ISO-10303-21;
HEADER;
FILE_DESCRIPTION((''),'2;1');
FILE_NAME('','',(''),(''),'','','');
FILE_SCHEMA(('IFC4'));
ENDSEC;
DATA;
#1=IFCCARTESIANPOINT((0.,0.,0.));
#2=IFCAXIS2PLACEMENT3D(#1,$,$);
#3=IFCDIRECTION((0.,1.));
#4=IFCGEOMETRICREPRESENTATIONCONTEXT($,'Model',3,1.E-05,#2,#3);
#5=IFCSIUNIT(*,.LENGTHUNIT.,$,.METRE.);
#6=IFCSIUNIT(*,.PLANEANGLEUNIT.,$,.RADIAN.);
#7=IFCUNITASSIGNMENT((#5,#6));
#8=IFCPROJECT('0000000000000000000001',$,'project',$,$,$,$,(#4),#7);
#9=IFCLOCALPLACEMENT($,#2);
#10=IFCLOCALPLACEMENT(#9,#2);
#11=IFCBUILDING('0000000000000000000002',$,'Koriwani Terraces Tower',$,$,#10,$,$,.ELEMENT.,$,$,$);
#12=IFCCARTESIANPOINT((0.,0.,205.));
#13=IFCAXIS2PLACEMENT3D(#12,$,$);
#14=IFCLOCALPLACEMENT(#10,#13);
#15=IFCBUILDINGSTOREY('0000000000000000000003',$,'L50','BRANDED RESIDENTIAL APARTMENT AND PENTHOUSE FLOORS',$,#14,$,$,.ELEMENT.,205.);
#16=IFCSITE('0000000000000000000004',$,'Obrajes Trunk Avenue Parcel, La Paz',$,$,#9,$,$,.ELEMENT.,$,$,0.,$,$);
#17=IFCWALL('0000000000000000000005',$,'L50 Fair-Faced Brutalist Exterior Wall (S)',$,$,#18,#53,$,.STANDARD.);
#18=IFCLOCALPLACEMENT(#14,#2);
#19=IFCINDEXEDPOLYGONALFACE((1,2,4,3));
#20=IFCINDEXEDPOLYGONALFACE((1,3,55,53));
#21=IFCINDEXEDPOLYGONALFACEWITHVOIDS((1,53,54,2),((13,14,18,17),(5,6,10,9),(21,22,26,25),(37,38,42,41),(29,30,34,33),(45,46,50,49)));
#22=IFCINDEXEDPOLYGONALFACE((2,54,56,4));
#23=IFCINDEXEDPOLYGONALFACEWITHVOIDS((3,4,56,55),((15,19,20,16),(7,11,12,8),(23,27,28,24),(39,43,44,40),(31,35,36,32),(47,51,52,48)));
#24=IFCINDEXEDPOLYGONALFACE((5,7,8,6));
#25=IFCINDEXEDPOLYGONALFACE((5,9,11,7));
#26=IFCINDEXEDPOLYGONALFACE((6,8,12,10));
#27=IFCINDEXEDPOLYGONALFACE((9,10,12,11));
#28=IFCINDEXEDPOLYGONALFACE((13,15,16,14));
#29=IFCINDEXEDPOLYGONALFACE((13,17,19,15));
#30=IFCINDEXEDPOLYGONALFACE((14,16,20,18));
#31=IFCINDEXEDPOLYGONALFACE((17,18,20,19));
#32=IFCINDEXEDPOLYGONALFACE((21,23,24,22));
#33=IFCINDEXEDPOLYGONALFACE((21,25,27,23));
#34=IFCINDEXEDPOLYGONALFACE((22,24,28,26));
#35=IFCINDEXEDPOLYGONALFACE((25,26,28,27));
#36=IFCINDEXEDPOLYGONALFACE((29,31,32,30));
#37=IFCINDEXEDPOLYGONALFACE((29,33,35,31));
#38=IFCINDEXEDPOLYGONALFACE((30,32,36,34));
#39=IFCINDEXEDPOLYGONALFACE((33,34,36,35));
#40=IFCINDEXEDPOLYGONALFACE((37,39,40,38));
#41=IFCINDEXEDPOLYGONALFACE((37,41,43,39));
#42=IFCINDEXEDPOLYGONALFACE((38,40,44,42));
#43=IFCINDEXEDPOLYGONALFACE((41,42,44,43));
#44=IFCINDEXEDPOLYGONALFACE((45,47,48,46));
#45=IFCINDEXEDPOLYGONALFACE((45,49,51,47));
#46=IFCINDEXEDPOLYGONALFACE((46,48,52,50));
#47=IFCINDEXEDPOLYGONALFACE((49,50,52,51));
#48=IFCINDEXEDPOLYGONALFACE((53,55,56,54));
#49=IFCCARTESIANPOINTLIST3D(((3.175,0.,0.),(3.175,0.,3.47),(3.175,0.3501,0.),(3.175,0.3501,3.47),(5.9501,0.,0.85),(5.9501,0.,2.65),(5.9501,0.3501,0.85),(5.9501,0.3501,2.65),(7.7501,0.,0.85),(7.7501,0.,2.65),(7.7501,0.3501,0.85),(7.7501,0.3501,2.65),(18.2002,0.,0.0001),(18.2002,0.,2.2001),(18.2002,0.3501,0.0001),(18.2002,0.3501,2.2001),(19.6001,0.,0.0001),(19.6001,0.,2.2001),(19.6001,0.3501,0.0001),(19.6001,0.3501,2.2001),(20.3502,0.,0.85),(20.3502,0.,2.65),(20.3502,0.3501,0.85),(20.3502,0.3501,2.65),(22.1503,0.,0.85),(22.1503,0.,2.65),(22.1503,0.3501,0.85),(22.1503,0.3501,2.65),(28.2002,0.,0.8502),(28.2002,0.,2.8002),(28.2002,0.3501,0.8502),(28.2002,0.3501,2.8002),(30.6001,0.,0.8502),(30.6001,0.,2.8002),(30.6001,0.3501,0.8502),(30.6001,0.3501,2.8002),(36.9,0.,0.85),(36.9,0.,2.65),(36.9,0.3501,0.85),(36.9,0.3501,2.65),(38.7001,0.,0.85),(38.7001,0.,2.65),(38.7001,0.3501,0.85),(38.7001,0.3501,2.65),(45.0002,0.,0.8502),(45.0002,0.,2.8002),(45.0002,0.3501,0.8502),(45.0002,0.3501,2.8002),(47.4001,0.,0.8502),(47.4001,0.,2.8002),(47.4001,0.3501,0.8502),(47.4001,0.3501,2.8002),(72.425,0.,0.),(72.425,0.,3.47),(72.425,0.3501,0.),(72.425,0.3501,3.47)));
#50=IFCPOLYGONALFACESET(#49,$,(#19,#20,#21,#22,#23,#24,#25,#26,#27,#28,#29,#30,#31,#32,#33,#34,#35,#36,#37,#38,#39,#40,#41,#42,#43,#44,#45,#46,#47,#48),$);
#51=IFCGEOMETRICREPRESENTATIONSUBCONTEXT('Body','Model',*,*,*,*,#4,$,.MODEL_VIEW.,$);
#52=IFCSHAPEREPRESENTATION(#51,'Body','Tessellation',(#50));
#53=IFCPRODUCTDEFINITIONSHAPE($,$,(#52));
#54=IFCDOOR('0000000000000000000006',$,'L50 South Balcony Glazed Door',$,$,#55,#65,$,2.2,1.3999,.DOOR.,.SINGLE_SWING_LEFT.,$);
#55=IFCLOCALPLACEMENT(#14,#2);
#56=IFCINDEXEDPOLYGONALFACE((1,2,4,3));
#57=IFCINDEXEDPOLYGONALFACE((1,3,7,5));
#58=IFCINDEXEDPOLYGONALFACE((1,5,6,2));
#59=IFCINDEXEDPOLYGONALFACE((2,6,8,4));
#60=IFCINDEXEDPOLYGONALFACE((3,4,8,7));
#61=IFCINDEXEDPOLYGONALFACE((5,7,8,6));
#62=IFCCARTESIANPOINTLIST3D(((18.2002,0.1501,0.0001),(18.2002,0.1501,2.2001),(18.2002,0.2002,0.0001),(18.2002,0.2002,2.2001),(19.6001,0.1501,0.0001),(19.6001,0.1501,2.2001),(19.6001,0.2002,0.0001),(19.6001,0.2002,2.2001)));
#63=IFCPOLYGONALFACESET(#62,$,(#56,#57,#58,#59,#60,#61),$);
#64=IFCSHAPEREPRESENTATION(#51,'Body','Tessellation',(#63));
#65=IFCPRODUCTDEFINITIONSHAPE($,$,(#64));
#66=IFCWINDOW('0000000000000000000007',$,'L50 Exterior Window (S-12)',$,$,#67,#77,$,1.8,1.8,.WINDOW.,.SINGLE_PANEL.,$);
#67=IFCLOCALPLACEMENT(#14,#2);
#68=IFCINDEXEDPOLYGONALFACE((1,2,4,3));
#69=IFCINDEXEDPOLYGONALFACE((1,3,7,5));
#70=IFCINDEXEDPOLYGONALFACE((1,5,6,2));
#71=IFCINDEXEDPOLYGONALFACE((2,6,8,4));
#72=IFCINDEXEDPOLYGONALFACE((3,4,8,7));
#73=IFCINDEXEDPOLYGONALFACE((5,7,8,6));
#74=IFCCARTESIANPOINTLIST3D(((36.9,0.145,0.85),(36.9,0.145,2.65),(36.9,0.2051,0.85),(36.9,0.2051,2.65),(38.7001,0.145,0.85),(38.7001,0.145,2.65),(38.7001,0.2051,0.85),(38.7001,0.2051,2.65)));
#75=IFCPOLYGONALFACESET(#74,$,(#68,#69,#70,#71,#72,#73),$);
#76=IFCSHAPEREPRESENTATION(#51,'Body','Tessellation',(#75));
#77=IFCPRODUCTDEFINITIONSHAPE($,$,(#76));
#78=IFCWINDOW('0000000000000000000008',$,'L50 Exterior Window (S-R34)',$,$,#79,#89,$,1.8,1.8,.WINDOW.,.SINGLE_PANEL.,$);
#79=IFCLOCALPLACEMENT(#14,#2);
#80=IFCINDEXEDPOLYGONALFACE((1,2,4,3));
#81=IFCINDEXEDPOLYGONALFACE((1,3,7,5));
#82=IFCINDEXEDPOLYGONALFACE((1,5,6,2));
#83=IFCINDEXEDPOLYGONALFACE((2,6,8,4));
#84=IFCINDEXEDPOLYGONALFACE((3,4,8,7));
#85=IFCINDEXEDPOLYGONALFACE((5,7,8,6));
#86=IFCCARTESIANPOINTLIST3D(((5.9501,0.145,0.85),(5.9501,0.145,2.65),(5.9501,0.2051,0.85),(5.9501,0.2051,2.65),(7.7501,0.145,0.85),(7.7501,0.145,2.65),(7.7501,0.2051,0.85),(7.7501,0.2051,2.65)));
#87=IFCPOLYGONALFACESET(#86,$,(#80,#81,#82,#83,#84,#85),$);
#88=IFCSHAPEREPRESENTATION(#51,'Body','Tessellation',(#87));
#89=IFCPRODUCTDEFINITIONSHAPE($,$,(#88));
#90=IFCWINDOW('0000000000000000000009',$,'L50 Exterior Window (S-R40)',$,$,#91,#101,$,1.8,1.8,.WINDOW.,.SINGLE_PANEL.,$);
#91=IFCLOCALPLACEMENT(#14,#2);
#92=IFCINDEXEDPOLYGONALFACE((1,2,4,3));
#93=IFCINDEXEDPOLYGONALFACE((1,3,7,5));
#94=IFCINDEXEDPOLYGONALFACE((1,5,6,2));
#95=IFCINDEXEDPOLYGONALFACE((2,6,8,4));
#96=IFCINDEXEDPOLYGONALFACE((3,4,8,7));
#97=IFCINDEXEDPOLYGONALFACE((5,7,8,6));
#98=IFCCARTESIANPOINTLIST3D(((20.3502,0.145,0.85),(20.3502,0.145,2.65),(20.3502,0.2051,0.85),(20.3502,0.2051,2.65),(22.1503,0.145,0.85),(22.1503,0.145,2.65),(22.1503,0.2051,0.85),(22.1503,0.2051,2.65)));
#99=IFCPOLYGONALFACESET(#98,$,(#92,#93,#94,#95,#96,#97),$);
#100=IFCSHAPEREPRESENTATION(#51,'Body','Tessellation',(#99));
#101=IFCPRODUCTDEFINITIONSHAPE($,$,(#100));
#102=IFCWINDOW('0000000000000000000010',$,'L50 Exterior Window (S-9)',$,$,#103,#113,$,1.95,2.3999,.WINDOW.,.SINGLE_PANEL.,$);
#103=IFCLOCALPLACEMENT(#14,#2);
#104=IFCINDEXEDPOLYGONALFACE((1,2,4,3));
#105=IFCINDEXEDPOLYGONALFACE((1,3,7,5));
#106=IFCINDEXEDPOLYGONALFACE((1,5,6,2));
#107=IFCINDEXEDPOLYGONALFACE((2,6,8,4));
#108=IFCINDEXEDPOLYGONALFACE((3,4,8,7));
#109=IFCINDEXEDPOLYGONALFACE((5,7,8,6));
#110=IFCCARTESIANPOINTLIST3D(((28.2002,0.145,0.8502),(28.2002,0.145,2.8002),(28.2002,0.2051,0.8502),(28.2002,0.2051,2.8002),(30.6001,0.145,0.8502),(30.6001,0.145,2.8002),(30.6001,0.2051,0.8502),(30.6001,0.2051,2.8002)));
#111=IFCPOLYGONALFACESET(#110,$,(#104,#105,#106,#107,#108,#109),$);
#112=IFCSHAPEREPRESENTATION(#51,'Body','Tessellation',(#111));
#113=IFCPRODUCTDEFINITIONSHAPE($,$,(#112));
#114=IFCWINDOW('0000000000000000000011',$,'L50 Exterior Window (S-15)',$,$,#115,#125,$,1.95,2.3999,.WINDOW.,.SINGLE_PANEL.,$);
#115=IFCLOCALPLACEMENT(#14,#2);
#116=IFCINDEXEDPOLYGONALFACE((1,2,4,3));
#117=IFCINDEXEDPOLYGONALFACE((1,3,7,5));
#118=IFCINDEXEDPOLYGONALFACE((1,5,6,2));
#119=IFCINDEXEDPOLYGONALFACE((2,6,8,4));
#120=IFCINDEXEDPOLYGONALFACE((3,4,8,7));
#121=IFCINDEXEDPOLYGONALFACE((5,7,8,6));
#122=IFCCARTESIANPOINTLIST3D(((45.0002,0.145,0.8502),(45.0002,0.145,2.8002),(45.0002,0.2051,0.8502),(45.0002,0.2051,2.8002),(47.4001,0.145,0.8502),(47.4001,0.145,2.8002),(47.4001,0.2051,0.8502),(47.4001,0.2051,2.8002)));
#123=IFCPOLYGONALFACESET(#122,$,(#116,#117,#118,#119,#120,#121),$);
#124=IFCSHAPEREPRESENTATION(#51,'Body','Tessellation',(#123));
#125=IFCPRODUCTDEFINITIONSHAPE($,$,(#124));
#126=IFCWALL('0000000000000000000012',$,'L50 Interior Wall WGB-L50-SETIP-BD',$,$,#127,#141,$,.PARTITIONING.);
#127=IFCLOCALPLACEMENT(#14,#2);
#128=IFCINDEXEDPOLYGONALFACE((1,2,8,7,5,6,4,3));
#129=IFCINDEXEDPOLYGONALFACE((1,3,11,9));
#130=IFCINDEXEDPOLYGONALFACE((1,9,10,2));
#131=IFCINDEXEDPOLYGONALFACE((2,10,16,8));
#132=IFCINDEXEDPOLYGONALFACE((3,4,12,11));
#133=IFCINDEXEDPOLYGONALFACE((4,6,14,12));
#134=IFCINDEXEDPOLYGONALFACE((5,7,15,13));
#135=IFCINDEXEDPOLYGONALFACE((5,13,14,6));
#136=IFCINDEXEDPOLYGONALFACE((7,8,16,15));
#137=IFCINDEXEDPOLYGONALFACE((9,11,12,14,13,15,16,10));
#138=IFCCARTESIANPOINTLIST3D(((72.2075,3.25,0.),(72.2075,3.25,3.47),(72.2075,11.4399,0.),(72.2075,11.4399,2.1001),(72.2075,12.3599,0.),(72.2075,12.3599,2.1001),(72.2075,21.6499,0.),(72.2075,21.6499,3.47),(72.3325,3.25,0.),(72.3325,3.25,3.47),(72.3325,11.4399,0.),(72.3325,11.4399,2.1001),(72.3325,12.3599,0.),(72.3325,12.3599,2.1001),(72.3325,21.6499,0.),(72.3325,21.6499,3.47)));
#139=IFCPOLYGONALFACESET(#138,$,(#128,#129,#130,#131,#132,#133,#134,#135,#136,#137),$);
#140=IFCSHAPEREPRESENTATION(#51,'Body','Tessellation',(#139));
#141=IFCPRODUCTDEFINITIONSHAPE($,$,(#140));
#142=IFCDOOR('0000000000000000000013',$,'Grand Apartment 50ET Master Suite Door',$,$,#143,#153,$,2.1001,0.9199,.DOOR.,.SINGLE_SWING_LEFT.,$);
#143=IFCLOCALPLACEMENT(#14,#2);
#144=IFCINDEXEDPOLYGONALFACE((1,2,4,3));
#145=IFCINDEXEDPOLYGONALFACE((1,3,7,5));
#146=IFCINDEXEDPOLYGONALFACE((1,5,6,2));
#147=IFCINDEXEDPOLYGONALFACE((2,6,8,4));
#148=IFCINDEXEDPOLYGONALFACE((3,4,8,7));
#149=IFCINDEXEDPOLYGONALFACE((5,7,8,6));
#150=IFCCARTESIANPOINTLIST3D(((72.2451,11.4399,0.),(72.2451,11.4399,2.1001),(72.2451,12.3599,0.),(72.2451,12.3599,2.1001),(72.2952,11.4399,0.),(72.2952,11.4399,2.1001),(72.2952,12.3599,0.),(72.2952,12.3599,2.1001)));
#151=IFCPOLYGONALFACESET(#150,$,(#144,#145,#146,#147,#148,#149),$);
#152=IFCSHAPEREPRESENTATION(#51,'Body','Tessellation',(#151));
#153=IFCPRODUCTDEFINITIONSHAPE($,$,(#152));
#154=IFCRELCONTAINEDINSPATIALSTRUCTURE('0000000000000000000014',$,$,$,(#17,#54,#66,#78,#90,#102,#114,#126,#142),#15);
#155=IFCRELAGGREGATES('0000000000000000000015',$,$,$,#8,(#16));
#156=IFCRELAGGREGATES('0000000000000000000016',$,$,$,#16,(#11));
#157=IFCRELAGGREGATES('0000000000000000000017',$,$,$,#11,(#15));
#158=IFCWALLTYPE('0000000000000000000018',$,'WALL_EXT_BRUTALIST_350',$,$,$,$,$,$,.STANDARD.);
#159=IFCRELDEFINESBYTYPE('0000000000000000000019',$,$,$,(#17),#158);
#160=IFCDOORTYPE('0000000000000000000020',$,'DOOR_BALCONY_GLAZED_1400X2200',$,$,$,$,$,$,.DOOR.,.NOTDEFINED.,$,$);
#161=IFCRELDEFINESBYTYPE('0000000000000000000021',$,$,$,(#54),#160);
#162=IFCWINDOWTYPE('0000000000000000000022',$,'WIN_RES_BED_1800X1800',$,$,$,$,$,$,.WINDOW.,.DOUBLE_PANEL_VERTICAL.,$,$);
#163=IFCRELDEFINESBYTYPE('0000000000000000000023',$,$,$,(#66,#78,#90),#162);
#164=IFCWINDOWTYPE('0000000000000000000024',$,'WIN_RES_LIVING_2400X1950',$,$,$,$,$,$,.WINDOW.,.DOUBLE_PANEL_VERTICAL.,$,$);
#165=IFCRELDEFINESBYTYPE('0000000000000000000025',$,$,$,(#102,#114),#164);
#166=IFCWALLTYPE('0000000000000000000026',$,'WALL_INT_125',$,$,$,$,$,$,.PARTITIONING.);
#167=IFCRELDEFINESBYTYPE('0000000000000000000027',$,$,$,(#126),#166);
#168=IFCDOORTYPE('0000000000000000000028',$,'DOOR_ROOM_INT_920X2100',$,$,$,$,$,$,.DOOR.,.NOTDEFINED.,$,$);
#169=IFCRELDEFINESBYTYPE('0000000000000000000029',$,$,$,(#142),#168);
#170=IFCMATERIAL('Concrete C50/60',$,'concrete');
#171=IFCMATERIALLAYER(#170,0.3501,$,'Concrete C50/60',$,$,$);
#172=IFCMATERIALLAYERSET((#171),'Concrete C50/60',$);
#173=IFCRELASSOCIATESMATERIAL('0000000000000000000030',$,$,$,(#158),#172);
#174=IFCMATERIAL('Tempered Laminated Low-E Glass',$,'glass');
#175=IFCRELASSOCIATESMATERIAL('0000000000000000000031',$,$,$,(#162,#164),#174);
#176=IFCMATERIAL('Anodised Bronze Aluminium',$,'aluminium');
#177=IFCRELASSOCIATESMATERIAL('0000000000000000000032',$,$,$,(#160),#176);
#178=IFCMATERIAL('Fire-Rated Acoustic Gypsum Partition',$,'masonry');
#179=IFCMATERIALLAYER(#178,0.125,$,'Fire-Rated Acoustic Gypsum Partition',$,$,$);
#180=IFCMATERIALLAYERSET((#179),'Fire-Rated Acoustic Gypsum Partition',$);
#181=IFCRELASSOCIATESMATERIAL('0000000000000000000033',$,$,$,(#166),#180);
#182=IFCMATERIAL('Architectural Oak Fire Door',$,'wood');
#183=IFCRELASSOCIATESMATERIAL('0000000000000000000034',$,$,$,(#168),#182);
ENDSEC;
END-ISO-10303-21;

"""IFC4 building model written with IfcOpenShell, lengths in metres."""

from ifc_helpers import new_model, si_unit, direction, frame, frame_2d, origin, place, context, subcontext, project, spatial, rectangle, extrude, material, layer, layer_set, type_object, element, fill, save


model = new_model("IFC4")

# Units and contexts
model_context = context("Model", 3, precision=1e-05, world=origin(), true_north=direction((0.0, 1.0)))
body_context = subcontext(model_context, "Body", "Model", "MODEL_VIEW")
ifc_project = project(units=[si_unit("LENGTHUNIT", "METRE"), si_unit("PLANEANGLEUNIT", "RADIAN")], contexts=[model_context])

# Site, building, storey
site_placement = place(None, origin())
site = spatial("IfcSite", under=ifc_project, at=site_placement, Name="Obrajes Trunk Avenue Parcel, La Paz", CompositionType="ELEMENT", RefElevation=0.0)
building_placement = place(site_placement, origin())
building = spatial("IfcBuilding", under=site, at=building_placement, Name="Koriwani Terraces Tower", CompositionType="ELEMENT")
storey_placement = place(building_placement, frame((0.0, 0.0, 205.0)))
storey = spatial("IfcBuildingStorey", under=building, at=storey_placement, Name="L50", Description="BRANDED RESIDENTIAL APARTMENT AND PENTHOUSE FLOORS", CompositionType="ELEMENT", Elevation=205.0)

# Shared definitions
ifc_material_1 = material(Name="Concrete C50/60", Category="concrete")

# Shared definitions
ifc_layer_1 = layer(ifc_material_1, 0.3501, Name="Concrete C50/60")
ifc_layer_set_1 = layer_set([ifc_layer_1], Name="Concrete C50/60")
wall_type_1 = type_object("IfcWallType", Name="WALL_EXT_BRUTALIST_350", PredefinedType="STANDARD", material=ifc_layer_set_1)
ifc_material_2 = material(Name="Tempered Laminated Low-E Glass", Category="glass")
window_type_1 = type_object("IfcWindowType", Name="WIN_RES_BED_1800X1800", PartitioningType="DOUBLE_PANEL_VERTICAL", PredefinedType="WINDOW", material=ifc_material_2)

# Wall, openings, door, windows
wall_1_placement = place(storey_placement, frame((72.425, 0.175, 0.0), z_axis=(0.0, 0.0, 1.0), x_axis=(-1.0, 0.0, 0.0)))
wall_1 = element("IfcWall", 1, at=wall_1_placement, inside=storey, type_object=wall_type_1, Name="L50 Fair-Faced Brutalist Exterior Wall (S)", PredefinedType="STANDARD", context=body_context, shape_type="SweptSolid", body=[
    extrude(rectangle(XDim=69.25, YDim=0.3501, at=frame_2d((34.625, 0.0))), origin(), (0.0, 0.0, 1.0), 3.47),
])
opening_1_placement = place(wall_1_placement, frame((52.825, 0.0, 0.0)))
opening_1 = element("IfcOpeningElement", 2, at=opening_1_placement, cuts=wall_1, PredefinedType="OPENING", context=body_context, shape_type="SweptSolid", body=[
    extrude(rectangle(XDim=1.3999, YDim=2.2, at=frame_2d((0.7, 1.1001))), frame((0.0, 0.1851, 0.0), z_axis=(0.0, -1.0, 0.0), x_axis=(1.0, 0.0, 0.0)), (0.0, 0.0, 1.0), 0.3701),
])
opening_2_placement = place(wall_1_placement, frame((41.825, 0.0, 0.8501)))
opening_2 = element("IfcOpeningElement", 3, at=opening_2_placement, cuts=wall_1, PredefinedType="OPENING", context=body_context, shape_type="SweptSolid", body=[
    extrude(rectangle(XDim=2.3999, YDim=1.95, at=frame_2d((1.2, 0.9751))), frame((0.0, 0.1851, 0.0), z_axis=(0.0, -1.0, 0.0), x_axis=(1.0, 0.0, 0.0)), (0.0, 0.0, 1.0), 0.3701),
])
opening_3_placement = place(wall_1_placement, frame((33.7251, 0.0, 0.8501)))
opening_3 = element("IfcOpeningElement", 4, at=opening_3_placement, cuts=wall_1, PredefinedType="OPENING", context=body_context, shape_type="SweptSolid", body=[
    extrude(rectangle(XDim=1.8, YDim=1.8, at=frame_2d((0.8999, 0.8999))), frame((0.0, 0.1851, 0.0), z_axis=(0.0, -1.0, 0.0), x_axis=(1.0, 0.0, 0.0)), (0.0, 0.0, 1.0), 0.3701),
])
opening_4_placement = place(wall_1_placement, frame((25.0249, 0.0, 0.8501)))
opening_4 = element("IfcOpeningElement", 5, at=opening_4_placement, cuts=wall_1, PredefinedType="OPENING", context=body_context, shape_type="SweptSolid", body=[
    extrude(rectangle(XDim=2.3999, YDim=1.95, at=frame_2d((1.2, 0.9751))), frame((0.0, 0.1851, 0.0), z_axis=(0.0, -1.0, 0.0), x_axis=(1.0, 0.0, 0.0)), (0.0, 0.0, 1.0), 0.3701),
])
opening_5_placement = place(wall_1_placement, frame((64.675, 0.0, 0.8501)))
opening_5 = element("IfcOpeningElement", 6, at=opening_5_placement, cuts=wall_1, PredefinedType="OPENING", context=body_context, shape_type="SweptSolid", body=[
    extrude(rectangle(XDim=1.8, YDim=1.8, at=frame_2d((0.8999, 0.8999))), frame((0.0, 0.1851, 0.0), z_axis=(0.0, -1.0, 0.0), x_axis=(1.0, 0.0, 0.0)), (0.0, 0.0, 1.0), 0.3701),
])
opening_6_placement = place(wall_1_placement, frame((50.2749, 0.0, 0.8501)))
opening_6 = element("IfcOpeningElement", 7, at=opening_6_placement, cuts=wall_1, PredefinedType="OPENING", context=body_context, shape_type="SweptSolid", body=[
    extrude(rectangle(XDim=1.8, YDim=1.8, at=frame_2d((0.8999, 0.8999))), frame((0.0, 0.1851, 0.0), z_axis=(0.0, -1.0, 0.0), x_axis=(1.0, 0.0, 0.0)), (0.0, 0.0, 1.0), 0.3701),
])
ifc_material_3 = material(Name="Anodised Bronze Aluminium", Category="aluminium")
door_type_1 = type_object("IfcDoorType", Name="DOOR_BALCONY_GLAZED_1400X2200", OperationType="NOTDEFINED", PredefinedType="DOOR", material=ifc_material_3)
door_1_placement = place(opening_1_placement, origin())
door_1 = element("IfcDoor", 8, at=door_1_placement, inside=storey, type_object=door_type_1, Name="L50 South Balcony Glazed Door", OperationType="SINGLE_SWING_LEFT", OverallHeight=2.2, OverallWidth=1.3999, PredefinedType="DOOR", context=body_context, shape_type="SweptSolid", body=[
    extrude(rectangle(XDim=1.3999, YDim=2.2, at=frame_2d((0.7, 1.1001))), frame((0.0, 0.0249, 0.0), z_axis=(0.0, -1.0, 0.0), x_axis=(1.0, 0.0, 0.0)), (0.0, 0.0, 1.0), 0.05),
])
fill(opening_1, door_1)
window_1_placement = place(opening_3_placement, origin())
window_1 = element("IfcWindow", 9, at=window_1_placement, inside=storey, type_object=window_type_1, Name="L50 Exterior Window (S-12)", OverallHeight=1.8, OverallWidth=1.8, PartitioningType="SINGLE_PANEL", PredefinedType="WINDOW", context=body_context, shape_type="SweptSolid", body=[
    extrude(rectangle(XDim=1.8, YDim=1.8, at=frame_2d((0.8999, 0.8999))), frame((0.0, 0.03, 0.0), z_axis=(0.0, -1.0, 0.0), x_axis=(1.0, 0.0, 0.0)), (0.0, 0.0, 1.0), 0.0601),
])
fill(opening_3, window_1)
window_2_placement = place(opening_5_placement, origin())
window_2 = element("IfcWindow", 10, at=window_2_placement, inside=storey, type_object=window_type_1, Name="L50 Exterior Window (S-R34)", OverallHeight=1.8, OverallWidth=1.8, PartitioningType="SINGLE_PANEL", PredefinedType="WINDOW", context=body_context, shape_type="SweptSolid", body=[
    extrude(rectangle(XDim=1.8, YDim=1.8, at=frame_2d((0.8999, 0.8999))), frame((0.0, 0.03, 0.0), z_axis=(0.0, -1.0, 0.0), x_axis=(1.0, 0.0, 0.0)), (0.0, 0.0, 1.0), 0.0601),
])
fill(opening_5, window_2)
window_3_placement = place(opening_6_placement, origin())
window_3 = element("IfcWindow", 11, at=window_3_placement, inside=storey, type_object=window_type_1, Name="L50 Exterior Window (S-R40)", OverallHeight=1.8, OverallWidth=1.8, PartitioningType="SINGLE_PANEL", PredefinedType="WINDOW", context=body_context, shape_type="SweptSolid", body=[
    extrude(rectangle(XDim=1.8, YDim=1.8, at=frame_2d((0.8999, 0.8999))), frame((0.0, 0.03, 0.0), z_axis=(0.0, -1.0, 0.0), x_axis=(1.0, 0.0, 0.0)), (0.0, 0.0, 1.0), 0.0601),
])
fill(opening_6, window_3)
window_type_2 = type_object("IfcWindowType", Name="WIN_RES_LIVING_2400X1950", PartitioningType="DOUBLE_PANEL_VERTICAL", PredefinedType="WINDOW", material=ifc_material_2)
window_4_placement = place(opening_2_placement, origin())
window_4 = element("IfcWindow", 12, at=window_4_placement, inside=storey, type_object=window_type_2, Name="L50 Exterior Window (S-9)", OverallHeight=1.95, OverallWidth=2.3999, PartitioningType="SINGLE_PANEL", PredefinedType="WINDOW", context=body_context, shape_type="SweptSolid", body=[
    extrude(rectangle(XDim=2.3999, YDim=1.95, at=frame_2d((1.2, 0.9751))), frame((0.0, 0.03, 0.0), z_axis=(0.0, -1.0, 0.0), x_axis=(1.0, 0.0, 0.0)), (0.0, 0.0, 1.0), 0.0601),
])
fill(opening_2, window_4)
window_5_placement = place(opening_4_placement, origin())
window_5 = element("IfcWindow", 13, at=window_5_placement, inside=storey, type_object=window_type_2, Name="L50 Exterior Window (S-15)", OverallHeight=1.95, OverallWidth=2.3999, PartitioningType="SINGLE_PANEL", PredefinedType="WINDOW", context=body_context, shape_type="SweptSolid", body=[
    extrude(rectangle(XDim=2.3999, YDim=1.95, at=frame_2d((1.2, 0.9751))), frame((0.0, 0.03, 0.0), z_axis=(0.0, -1.0, 0.0), x_axis=(1.0, 0.0, 0.0)), (0.0, 0.0, 1.0), 0.0601),
])
fill(opening_4, window_5)

# Wall, opening, door
ifc_material_4 = material(Name="Fire-Rated Acoustic Gypsum Partition", Category="masonry")
ifc_layer_2 = layer(ifc_material_4, 0.125, Name="Fire-Rated Acoustic Gypsum Partition")
ifc_layer_set_2 = layer_set([ifc_layer_2], Name="Fire-Rated Acoustic Gypsum Partition")
wall_type_2 = type_object("IfcWallType", Name="WALL_INT_125", PredefinedType="PARTITIONING", material=ifc_layer_set_2)
wall_2_placement = place(storey_placement, frame((72.27, 3.25, 0.0), z_axis=(0.0, 0.0, 1.0), x_axis=(0.0, 1.0, 0.0)))
wall_2 = element("IfcWall", 14, at=wall_2_placement, inside=storey, type_object=wall_type_2, Name="L50 Interior Wall WGB-L50-SETIP-BD", PredefinedType="PARTITIONING", context=body_context, shape_type="SweptSolid", body=[
    extrude(rectangle(XDim=18.3999, YDim=0.125, at=frame_2d((9.2, 0.0))), origin(), (0.0, 0.0, 1.0), 3.47),
])
opening_7_placement = place(wall_2_placement, frame((8.1899, 0.0, 0.0)))
opening_7 = element("IfcOpeningElement", 15, at=opening_7_placement, cuts=wall_2, PredefinedType="OPENING", context=body_context, shape_type="SweptSolid", body=[
    extrude(rectangle(XDim=0.9199, YDim=2.1001, at=frame_2d((0.46, 1.05))), frame((0.0, 0.0725, 0.0), z_axis=(0.0, -1.0, 0.0), x_axis=(1.0, 0.0, 0.0)), (0.0, 0.0, 1.0), 0.145),
])
ifc_material_5 = material(Name="Architectural Oak Fire Door", Category="wood")
door_type_2 = type_object("IfcDoorType", Name="DOOR_ROOM_INT_920X2100", OperationType="NOTDEFINED", PredefinedType="DOOR", material=ifc_material_5)
door_2_placement = place(opening_7_placement, origin())
door_2 = element("IfcDoor", 16, at=door_2_placement, inside=storey, type_object=door_type_2, Name="Grand Apartment 50ET Master Suite Door", OperationType="SINGLE_SWING_LEFT", OverallHeight=2.1001, OverallWidth=0.9199, PredefinedType="DOOR", context=body_context, shape_type="SweptSolid", body=[
    extrude(rectangle(XDim=0.9199, YDim=2.1001, at=frame_2d((0.46, 1.05))), frame((0.0, 0.0249, 0.0), z_axis=(0.0, -1.0, 0.0), x_axis=(1.0, 0.0, 0.0)), (0.0, 0.0, 1.0), 0.05),
])
fill(opening_7, door_2)

save(model, "model.ifc")
